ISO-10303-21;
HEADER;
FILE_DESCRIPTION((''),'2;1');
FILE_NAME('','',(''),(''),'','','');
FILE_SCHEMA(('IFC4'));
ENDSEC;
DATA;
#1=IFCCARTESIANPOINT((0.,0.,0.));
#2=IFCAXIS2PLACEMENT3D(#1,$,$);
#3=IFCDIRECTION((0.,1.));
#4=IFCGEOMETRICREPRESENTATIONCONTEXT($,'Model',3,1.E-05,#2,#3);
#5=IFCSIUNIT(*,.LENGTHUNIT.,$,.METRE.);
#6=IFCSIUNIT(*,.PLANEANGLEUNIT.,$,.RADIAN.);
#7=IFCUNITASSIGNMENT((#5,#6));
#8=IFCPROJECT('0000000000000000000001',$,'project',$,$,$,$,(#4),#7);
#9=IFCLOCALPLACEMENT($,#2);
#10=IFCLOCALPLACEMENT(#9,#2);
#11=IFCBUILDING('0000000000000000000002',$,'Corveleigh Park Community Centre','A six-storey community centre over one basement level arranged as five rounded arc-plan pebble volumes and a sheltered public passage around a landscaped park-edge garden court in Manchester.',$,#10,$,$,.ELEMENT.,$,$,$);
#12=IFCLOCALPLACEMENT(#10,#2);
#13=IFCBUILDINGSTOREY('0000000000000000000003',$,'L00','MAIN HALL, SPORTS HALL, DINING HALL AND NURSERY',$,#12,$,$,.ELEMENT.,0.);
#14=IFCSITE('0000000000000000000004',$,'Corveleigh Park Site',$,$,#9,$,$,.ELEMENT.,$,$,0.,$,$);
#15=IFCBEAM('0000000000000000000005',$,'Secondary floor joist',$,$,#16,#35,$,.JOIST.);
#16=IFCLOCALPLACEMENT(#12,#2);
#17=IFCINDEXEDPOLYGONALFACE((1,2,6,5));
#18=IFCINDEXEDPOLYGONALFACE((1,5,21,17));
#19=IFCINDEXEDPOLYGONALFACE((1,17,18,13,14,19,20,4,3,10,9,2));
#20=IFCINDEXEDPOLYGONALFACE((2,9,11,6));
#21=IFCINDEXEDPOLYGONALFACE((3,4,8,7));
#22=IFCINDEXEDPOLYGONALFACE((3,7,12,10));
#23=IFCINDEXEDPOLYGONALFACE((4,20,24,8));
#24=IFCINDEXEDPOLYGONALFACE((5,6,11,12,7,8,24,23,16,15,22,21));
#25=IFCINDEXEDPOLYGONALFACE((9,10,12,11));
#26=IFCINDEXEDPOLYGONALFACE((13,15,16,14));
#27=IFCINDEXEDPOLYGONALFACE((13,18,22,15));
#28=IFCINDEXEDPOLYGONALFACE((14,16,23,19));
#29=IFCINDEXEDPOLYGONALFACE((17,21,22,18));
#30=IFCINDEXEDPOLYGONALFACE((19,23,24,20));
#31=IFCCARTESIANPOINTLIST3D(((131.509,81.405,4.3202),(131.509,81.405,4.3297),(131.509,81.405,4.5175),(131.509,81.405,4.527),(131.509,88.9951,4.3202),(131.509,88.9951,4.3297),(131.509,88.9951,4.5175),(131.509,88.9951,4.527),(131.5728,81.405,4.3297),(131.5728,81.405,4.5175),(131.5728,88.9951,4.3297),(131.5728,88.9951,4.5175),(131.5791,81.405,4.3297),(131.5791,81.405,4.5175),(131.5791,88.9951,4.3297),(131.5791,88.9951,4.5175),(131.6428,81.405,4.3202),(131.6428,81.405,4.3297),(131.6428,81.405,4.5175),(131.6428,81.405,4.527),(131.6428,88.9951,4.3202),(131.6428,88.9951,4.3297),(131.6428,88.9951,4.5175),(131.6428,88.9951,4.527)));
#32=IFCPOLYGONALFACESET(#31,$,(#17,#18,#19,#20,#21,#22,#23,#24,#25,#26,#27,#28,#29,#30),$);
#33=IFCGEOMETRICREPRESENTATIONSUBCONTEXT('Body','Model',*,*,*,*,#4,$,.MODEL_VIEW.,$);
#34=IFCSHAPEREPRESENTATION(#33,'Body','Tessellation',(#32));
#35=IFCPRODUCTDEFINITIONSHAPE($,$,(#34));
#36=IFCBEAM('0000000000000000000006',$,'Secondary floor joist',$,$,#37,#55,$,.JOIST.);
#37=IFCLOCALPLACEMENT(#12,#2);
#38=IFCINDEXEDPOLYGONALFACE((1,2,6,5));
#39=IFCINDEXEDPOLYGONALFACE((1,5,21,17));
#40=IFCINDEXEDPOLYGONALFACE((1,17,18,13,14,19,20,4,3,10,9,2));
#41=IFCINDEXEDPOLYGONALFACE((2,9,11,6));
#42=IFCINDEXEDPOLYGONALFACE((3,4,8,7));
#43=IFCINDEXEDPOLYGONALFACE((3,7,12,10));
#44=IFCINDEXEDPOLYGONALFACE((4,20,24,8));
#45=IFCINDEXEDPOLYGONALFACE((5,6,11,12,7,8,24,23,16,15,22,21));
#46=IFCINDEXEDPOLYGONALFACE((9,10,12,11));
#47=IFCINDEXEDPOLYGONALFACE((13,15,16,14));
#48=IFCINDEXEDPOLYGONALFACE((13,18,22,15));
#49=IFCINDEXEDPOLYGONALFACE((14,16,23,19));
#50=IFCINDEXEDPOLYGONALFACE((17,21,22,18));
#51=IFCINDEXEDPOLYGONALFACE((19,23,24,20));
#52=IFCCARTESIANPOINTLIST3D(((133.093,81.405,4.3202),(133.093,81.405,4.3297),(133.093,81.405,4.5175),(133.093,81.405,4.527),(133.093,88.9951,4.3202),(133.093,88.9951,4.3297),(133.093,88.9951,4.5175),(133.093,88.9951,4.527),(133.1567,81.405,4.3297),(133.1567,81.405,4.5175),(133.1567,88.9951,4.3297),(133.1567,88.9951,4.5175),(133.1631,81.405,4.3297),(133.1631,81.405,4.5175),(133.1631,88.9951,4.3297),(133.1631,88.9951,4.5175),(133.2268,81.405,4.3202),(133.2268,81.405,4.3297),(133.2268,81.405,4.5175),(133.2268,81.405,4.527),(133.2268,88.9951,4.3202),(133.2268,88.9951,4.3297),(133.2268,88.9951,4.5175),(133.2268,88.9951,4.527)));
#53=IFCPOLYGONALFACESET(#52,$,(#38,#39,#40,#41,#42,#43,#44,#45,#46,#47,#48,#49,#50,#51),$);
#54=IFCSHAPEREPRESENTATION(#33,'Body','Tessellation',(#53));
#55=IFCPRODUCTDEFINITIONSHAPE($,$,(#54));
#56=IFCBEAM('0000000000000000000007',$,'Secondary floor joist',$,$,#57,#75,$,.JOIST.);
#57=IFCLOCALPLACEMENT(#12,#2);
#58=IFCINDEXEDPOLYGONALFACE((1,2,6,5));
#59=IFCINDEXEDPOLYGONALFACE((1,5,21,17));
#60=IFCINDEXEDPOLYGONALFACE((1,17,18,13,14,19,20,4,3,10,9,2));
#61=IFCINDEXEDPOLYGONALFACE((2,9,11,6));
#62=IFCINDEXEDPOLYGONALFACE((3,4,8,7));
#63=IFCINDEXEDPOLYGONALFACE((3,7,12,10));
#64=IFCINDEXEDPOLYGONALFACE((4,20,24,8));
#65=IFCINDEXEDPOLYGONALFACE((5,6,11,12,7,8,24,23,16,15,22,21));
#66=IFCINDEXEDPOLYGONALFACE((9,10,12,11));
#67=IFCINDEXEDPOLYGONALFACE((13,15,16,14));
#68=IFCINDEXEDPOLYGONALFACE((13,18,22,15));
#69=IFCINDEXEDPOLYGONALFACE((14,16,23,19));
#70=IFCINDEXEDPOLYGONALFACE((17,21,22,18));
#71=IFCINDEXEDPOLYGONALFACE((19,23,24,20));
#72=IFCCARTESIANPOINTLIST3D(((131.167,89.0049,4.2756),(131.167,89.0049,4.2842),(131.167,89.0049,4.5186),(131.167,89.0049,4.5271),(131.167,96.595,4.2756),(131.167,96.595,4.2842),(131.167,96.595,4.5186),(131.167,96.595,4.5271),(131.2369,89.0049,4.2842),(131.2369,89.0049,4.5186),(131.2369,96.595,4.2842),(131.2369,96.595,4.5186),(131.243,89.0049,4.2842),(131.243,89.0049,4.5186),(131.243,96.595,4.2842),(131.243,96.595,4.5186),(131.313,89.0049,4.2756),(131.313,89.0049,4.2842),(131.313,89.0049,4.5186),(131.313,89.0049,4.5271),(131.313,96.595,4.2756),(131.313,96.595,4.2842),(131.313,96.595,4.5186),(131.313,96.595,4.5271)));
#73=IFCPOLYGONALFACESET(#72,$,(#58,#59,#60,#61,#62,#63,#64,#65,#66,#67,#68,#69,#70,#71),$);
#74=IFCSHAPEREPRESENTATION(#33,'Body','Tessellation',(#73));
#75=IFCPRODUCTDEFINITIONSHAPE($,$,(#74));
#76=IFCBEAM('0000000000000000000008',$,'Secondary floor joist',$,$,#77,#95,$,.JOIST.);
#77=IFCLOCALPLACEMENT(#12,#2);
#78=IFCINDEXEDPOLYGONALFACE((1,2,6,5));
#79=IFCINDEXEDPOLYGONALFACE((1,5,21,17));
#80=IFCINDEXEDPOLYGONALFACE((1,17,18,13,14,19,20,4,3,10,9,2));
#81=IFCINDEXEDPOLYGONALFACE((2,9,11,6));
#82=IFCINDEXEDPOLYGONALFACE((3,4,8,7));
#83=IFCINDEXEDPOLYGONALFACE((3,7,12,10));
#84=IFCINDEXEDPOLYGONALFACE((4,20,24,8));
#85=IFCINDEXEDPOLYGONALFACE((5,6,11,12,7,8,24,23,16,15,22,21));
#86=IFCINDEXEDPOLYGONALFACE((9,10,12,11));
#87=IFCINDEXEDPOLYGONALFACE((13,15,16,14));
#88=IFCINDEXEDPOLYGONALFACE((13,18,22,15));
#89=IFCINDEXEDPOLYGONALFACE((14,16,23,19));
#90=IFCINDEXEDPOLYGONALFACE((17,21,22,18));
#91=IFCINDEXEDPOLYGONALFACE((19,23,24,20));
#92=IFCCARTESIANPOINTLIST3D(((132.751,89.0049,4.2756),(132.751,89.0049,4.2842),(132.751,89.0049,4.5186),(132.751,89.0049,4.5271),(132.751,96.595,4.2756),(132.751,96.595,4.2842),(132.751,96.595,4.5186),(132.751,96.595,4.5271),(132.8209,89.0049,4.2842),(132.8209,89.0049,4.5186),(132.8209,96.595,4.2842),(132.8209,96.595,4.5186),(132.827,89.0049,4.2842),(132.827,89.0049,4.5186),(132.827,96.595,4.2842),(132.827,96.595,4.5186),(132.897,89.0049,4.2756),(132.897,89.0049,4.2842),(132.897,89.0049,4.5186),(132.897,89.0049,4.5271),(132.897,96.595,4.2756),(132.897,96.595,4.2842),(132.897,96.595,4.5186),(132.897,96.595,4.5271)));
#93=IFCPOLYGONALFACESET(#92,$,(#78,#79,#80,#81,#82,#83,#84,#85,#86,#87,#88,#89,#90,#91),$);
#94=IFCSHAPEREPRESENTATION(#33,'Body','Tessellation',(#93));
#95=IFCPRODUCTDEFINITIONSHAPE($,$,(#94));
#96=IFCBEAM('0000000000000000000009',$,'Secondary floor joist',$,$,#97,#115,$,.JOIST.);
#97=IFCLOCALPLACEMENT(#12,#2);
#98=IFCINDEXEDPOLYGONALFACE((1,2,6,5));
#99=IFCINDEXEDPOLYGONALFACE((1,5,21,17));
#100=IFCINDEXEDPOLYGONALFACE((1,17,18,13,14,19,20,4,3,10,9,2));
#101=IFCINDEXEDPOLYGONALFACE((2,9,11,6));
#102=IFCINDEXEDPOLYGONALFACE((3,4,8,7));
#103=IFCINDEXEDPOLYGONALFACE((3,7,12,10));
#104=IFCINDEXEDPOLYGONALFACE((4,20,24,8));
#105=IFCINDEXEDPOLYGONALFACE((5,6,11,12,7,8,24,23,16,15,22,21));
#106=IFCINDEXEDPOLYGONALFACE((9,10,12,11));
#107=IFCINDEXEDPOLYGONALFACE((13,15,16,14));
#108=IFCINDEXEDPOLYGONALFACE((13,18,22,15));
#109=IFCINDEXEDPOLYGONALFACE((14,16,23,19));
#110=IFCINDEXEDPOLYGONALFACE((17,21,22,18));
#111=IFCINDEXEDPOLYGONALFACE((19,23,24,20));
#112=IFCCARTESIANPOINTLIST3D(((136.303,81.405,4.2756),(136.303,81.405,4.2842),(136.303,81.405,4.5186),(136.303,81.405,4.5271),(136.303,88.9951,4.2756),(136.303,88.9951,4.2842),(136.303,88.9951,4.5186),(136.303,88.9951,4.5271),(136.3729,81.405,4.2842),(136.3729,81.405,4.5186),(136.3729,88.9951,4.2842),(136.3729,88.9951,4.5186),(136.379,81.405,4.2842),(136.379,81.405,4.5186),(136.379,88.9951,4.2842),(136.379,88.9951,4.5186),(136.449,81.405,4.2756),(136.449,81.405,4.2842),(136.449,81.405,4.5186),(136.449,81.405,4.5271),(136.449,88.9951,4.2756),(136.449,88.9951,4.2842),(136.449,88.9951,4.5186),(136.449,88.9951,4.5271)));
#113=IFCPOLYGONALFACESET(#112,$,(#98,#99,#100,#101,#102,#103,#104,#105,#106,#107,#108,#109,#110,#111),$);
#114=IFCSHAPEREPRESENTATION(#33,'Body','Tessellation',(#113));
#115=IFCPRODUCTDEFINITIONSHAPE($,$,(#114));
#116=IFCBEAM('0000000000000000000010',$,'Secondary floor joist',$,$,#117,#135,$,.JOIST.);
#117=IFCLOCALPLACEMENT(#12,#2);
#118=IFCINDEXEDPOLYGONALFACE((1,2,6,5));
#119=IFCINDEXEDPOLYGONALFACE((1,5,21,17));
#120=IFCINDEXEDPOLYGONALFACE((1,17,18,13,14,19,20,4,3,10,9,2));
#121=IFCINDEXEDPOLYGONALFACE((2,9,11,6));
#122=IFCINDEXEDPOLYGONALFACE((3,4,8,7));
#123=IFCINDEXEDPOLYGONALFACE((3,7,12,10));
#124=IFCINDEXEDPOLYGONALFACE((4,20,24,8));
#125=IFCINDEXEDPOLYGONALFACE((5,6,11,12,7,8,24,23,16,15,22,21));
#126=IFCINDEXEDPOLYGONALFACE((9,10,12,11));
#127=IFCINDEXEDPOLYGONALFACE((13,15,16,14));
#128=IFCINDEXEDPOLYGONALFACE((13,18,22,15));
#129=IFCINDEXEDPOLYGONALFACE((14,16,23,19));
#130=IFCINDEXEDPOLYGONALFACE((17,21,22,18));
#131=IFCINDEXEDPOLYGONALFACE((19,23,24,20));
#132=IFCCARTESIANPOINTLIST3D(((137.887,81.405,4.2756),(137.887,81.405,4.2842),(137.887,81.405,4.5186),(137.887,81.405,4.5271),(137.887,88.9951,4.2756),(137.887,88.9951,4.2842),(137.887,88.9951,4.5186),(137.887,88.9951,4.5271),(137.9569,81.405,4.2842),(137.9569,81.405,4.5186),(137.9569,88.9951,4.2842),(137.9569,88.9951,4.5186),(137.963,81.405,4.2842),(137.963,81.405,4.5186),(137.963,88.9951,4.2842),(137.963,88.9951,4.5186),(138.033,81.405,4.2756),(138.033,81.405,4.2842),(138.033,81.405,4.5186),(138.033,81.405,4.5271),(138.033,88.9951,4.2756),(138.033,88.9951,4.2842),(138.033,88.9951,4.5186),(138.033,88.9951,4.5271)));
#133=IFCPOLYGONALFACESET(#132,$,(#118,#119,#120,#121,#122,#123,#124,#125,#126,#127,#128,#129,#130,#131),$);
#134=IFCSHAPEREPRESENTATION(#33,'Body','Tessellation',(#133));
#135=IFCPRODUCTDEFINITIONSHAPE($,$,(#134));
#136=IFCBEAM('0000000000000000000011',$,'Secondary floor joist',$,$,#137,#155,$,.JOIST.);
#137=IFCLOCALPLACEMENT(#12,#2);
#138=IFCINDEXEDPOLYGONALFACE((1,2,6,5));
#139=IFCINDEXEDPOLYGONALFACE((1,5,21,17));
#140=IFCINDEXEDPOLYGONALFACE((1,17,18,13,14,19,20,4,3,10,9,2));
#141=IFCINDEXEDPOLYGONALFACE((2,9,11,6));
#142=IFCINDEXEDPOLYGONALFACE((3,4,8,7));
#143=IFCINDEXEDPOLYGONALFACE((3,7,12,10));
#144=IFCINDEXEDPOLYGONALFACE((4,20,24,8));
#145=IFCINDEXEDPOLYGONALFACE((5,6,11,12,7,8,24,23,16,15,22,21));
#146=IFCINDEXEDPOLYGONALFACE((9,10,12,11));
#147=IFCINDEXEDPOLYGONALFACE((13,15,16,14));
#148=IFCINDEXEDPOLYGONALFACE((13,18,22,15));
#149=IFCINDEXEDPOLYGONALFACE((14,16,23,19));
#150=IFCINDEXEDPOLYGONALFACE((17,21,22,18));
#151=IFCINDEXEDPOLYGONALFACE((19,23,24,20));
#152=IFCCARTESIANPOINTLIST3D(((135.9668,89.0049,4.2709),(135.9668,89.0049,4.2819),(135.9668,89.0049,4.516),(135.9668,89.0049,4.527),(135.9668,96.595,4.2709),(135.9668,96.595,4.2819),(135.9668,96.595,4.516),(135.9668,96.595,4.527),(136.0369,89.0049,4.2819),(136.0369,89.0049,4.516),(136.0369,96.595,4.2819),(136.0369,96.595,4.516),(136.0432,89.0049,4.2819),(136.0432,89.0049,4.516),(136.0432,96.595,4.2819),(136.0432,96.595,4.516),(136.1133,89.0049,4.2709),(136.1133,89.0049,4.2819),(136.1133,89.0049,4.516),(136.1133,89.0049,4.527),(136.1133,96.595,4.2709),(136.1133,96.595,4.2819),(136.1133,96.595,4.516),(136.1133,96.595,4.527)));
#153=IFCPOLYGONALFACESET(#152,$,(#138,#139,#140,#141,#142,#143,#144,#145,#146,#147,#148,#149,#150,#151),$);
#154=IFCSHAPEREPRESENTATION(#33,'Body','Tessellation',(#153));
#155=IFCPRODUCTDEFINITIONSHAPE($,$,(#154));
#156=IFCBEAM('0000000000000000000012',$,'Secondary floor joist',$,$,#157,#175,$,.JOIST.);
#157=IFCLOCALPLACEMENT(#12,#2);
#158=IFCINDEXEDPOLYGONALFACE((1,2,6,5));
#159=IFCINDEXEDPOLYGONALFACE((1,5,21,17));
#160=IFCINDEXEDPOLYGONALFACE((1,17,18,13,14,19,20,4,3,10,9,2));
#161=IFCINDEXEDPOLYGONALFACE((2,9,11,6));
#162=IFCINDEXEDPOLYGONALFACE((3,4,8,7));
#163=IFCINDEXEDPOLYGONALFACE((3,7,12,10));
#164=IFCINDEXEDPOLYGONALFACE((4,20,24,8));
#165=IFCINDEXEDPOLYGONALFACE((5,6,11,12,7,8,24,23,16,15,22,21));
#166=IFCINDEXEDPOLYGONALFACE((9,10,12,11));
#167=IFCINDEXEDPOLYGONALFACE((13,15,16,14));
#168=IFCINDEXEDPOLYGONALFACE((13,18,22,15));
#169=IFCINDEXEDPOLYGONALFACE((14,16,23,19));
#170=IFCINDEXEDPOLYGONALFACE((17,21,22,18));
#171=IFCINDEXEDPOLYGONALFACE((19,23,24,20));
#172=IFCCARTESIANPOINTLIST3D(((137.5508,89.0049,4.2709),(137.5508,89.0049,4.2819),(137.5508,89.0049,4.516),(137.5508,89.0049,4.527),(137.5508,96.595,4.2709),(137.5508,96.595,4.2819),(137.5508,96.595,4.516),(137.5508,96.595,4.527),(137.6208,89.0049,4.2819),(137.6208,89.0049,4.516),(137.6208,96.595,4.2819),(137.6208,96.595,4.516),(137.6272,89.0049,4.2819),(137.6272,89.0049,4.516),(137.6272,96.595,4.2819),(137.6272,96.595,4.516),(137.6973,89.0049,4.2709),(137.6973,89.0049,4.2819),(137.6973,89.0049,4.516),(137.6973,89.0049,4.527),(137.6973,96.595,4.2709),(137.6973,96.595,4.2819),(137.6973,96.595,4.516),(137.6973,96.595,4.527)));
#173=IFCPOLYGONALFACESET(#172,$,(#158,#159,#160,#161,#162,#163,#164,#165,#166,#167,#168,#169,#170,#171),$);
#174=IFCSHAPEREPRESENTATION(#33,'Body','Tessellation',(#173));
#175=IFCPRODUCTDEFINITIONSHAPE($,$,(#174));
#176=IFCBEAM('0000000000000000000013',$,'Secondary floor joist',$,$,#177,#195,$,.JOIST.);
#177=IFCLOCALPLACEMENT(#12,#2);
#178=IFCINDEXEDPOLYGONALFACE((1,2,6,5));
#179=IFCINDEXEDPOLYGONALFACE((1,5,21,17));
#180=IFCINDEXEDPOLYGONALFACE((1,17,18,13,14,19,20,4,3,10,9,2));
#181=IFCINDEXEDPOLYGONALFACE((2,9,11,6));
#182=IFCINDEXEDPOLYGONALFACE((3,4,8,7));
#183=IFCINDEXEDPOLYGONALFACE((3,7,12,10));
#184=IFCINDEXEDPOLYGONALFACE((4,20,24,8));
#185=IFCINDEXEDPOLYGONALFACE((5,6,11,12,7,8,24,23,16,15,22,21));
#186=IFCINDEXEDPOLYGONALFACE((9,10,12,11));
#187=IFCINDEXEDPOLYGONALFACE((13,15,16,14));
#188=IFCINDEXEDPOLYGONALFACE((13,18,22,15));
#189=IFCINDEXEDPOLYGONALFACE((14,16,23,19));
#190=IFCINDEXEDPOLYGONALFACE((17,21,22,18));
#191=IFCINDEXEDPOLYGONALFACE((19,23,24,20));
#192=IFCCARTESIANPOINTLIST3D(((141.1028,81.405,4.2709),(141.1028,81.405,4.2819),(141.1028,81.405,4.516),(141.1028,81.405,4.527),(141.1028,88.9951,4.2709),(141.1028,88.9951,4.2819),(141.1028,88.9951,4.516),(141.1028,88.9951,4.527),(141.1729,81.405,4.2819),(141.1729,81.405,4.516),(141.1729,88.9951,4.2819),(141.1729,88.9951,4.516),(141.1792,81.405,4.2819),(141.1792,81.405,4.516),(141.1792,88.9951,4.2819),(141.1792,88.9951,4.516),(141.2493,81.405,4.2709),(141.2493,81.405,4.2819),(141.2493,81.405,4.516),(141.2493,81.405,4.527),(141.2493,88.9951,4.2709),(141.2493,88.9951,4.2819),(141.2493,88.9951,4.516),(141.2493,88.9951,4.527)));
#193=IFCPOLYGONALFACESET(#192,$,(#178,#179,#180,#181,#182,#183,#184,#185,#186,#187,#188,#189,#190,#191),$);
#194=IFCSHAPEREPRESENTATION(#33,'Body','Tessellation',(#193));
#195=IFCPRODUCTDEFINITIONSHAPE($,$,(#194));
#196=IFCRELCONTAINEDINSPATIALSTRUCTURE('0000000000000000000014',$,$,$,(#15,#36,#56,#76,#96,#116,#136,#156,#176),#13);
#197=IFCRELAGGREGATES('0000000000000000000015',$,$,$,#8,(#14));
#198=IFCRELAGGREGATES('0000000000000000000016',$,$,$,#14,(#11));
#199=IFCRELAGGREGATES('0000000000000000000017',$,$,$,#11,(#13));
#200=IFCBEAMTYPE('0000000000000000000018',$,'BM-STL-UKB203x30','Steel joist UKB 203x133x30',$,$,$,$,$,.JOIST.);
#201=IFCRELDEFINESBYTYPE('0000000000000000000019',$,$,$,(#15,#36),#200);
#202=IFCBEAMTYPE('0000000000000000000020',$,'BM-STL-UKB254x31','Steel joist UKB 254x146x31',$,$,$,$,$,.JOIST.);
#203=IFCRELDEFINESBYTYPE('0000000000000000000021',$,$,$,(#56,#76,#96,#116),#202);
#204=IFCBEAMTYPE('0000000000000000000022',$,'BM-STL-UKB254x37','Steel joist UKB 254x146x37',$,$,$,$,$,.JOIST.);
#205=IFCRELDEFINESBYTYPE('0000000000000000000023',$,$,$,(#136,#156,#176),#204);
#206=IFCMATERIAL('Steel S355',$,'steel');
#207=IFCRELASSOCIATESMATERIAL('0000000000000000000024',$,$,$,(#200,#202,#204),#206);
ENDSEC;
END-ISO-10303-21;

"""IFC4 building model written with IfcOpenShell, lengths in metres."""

from ifc_helpers import new_model, si_unit, direction, frame, origin, origin_2d, place, context, subcontext, project, spatial, i_section, extrude, material, material_profile, profile_set, type_object, element, save


model = new_model("IFC4")

# Units and contexts
model_context = context("Model", 3, precision=1e-05, world=origin(), true_north=direction((0.0, 1.0)))
body_context = subcontext(model_context, "Body", "Model", "MODEL_VIEW")
ifc_project = project(units=[si_unit("LENGTHUNIT", "METRE"), si_unit("PLANEANGLEUNIT", "RADIAN")], contexts=[model_context])

# Site, building, storey
site_placement = place(None, origin())
site = spatial("IfcSite", under=ifc_project, at=site_placement, Name="Corveleigh Park Site", CompositionType="ELEMENT", RefElevation=0.0)
building_placement = place(site_placement, origin())
building = spatial("IfcBuilding", under=site, at=building_placement, Name="Corveleigh Park Community Centre", Description="A six-storey community centre over one basement level arranged as five rounded arc-plan pebble volumes and a sheltered public passage around a landscaped park-edge garden court in Manchester.", CompositionType="ELEMENT")
storey_placement = place(building_placement, origin())
storey = spatial("IfcBuildingStorey", under=building, at=storey_placement, Name="L00", Description="MAIN HALL, SPORTS HALL, DINING HALL AND NURSERY", CompositionType="ELEMENT", Elevation=0.0)

# Shared definitions
ifc_material_1 = material(Name="Steel S355", Category="steel")

# Beams
ifc_material_profile_1 = material_profile(ifc_material_1, i_section(OverallWidth=0.1338, OverallDepth=0.2068, WebThickness=0.0063, FlangeThickness=0.0095, at=origin_2d()), Name="UKB 203x133x30", Category="steel")
ifc_profile_set_1 = profile_set([ifc_material_profile_1], Name="Steel S355")
beam_type_1 = type_object("IfcBeamType", Name="BM-STL-UKB203x30", Description="Steel joist UKB 203x133x30", PredefinedType="JOIST", material=ifc_profile_set_1)
for number, where, z_axis, x_axis, name in (
    (1, (131.5759, 81.405, 4.4236), (0.0, 1.0, 0.0), (-1.0, 0.0, 0.0), "Secondary floor joist"),
    (2, (133.1599, 81.405, 4.4236), (0.0, 1.0, 0.0), (-1.0, 0.0, 0.0), "Secondary floor joist"),
):
    element("IfcBeam", number, at=place(storey_placement, frame(where, z_axis=z_axis, x_axis=x_axis)), inside=storey, type_object=beam_type_1, Name=name, PredefinedType="JOIST", context=body_context, shape_type="SweptSolid", body=[
        extrude(i_section(OverallWidth=0.1338, OverallDepth=0.2068, WebThickness=0.0063, FlangeThickness=0.0095, at=origin_2d()), origin(), (0.0, 0.0, 1.0), 7.5901),
    ])
ifc_material_profile_2 = material_profile(ifc_material_1, i_section(OverallWidth=0.146, OverallDepth=0.2515, WebThickness=0.0061, FlangeThickness=0.0085, at=origin_2d()), Name="UKB 254x146x31", Category="steel")
ifc_profile_set_2 = profile_set([ifc_material_profile_2], Name="Steel S355")
beam_type_2 = type_object("IfcBeamType", Name="BM-STL-UKB254x31", Description="Steel joist UKB 254x146x31", PredefinedType="JOIST", material=ifc_profile_set_2)
for number, where, z_axis, x_axis, name in (
    (3, (131.24, 89.0049, 4.4014), (0.0, 1.0, 0.0), (-1.0, 0.0, 0.0), "Secondary floor joist"),
    (4, (132.824, 89.0049, 4.4014), (0.0, 1.0, 0.0), (-1.0, 0.0, 0.0), "Secondary floor joist"),
    (5, (136.376, 81.405, 4.4014), (0.0, 1.0, 0.0), (-1.0, 0.0, 0.0), "Secondary floor joist"),
    (6, (137.96, 81.405, 4.4014), (0.0, 1.0, 0.0), (-1.0, 0.0, 0.0), "Secondary floor joist"),
):
    element("IfcBeam", number, at=place(storey_placement, frame(where, z_axis=z_axis, x_axis=x_axis)), inside=storey, type_object=beam_type_2, Name=name, PredefinedType="JOIST", context=body_context, shape_type="SweptSolid", body=[
        extrude(i_section(OverallWidth=0.146, OverallDepth=0.2515, WebThickness=0.0061, FlangeThickness=0.0085, at=origin_2d()), origin(), (0.0, 0.0, 1.0), 7.5901),
    ])
ifc_material_profile_3 = material_profile(ifc_material_1, i_section(OverallWidth=0.1465, OverallDepth=0.2561, WebThickness=0.0063, FlangeThickness=0.011, at=origin_2d()), Name="UKB 254x146x37", Category="steel")
ifc_profile_set_3 = profile_set([ifc_material_profile_3], Name="Steel S355")
beam_type_3 = type_object("IfcBeamType", Name="BM-STL-UKB254x37", Description="Steel joist UKB 254x146x37", PredefinedType="JOIST", material=ifc_profile_set_3)
for number, where, z_axis, x_axis, name in (
    (7, (136.04, 89.0049, 4.3989), (0.0, 1.0, 0.0), (-1.0, 0.0, 0.0), "Secondary floor joist"),
    (8, (137.624, 89.0049, 4.3989), (0.0, 1.0, 0.0), (-1.0, 0.0, 0.0), "Secondary floor joist"),
    (9, (141.176, 81.405, 4.3989), (0.0, 1.0, 0.0), (-1.0, 0.0, 0.0), "Secondary floor joist"),
):
    element("IfcBeam", number, at=place(storey_placement, frame(where, z_axis=z_axis, x_axis=x_axis)), inside=storey, type_object=beam_type_3, Name=name, PredefinedType="JOIST", context=body_context, shape_type="SweptSolid", body=[
        extrude(i_section(OverallWidth=0.1465, OverallDepth=0.2561, WebThickness=0.0063, FlangeThickness=0.011, at=origin_2d()), origin(), (0.0, 0.0, 1.0), 7.5901),
    ])

save(model, "model.ifc")
